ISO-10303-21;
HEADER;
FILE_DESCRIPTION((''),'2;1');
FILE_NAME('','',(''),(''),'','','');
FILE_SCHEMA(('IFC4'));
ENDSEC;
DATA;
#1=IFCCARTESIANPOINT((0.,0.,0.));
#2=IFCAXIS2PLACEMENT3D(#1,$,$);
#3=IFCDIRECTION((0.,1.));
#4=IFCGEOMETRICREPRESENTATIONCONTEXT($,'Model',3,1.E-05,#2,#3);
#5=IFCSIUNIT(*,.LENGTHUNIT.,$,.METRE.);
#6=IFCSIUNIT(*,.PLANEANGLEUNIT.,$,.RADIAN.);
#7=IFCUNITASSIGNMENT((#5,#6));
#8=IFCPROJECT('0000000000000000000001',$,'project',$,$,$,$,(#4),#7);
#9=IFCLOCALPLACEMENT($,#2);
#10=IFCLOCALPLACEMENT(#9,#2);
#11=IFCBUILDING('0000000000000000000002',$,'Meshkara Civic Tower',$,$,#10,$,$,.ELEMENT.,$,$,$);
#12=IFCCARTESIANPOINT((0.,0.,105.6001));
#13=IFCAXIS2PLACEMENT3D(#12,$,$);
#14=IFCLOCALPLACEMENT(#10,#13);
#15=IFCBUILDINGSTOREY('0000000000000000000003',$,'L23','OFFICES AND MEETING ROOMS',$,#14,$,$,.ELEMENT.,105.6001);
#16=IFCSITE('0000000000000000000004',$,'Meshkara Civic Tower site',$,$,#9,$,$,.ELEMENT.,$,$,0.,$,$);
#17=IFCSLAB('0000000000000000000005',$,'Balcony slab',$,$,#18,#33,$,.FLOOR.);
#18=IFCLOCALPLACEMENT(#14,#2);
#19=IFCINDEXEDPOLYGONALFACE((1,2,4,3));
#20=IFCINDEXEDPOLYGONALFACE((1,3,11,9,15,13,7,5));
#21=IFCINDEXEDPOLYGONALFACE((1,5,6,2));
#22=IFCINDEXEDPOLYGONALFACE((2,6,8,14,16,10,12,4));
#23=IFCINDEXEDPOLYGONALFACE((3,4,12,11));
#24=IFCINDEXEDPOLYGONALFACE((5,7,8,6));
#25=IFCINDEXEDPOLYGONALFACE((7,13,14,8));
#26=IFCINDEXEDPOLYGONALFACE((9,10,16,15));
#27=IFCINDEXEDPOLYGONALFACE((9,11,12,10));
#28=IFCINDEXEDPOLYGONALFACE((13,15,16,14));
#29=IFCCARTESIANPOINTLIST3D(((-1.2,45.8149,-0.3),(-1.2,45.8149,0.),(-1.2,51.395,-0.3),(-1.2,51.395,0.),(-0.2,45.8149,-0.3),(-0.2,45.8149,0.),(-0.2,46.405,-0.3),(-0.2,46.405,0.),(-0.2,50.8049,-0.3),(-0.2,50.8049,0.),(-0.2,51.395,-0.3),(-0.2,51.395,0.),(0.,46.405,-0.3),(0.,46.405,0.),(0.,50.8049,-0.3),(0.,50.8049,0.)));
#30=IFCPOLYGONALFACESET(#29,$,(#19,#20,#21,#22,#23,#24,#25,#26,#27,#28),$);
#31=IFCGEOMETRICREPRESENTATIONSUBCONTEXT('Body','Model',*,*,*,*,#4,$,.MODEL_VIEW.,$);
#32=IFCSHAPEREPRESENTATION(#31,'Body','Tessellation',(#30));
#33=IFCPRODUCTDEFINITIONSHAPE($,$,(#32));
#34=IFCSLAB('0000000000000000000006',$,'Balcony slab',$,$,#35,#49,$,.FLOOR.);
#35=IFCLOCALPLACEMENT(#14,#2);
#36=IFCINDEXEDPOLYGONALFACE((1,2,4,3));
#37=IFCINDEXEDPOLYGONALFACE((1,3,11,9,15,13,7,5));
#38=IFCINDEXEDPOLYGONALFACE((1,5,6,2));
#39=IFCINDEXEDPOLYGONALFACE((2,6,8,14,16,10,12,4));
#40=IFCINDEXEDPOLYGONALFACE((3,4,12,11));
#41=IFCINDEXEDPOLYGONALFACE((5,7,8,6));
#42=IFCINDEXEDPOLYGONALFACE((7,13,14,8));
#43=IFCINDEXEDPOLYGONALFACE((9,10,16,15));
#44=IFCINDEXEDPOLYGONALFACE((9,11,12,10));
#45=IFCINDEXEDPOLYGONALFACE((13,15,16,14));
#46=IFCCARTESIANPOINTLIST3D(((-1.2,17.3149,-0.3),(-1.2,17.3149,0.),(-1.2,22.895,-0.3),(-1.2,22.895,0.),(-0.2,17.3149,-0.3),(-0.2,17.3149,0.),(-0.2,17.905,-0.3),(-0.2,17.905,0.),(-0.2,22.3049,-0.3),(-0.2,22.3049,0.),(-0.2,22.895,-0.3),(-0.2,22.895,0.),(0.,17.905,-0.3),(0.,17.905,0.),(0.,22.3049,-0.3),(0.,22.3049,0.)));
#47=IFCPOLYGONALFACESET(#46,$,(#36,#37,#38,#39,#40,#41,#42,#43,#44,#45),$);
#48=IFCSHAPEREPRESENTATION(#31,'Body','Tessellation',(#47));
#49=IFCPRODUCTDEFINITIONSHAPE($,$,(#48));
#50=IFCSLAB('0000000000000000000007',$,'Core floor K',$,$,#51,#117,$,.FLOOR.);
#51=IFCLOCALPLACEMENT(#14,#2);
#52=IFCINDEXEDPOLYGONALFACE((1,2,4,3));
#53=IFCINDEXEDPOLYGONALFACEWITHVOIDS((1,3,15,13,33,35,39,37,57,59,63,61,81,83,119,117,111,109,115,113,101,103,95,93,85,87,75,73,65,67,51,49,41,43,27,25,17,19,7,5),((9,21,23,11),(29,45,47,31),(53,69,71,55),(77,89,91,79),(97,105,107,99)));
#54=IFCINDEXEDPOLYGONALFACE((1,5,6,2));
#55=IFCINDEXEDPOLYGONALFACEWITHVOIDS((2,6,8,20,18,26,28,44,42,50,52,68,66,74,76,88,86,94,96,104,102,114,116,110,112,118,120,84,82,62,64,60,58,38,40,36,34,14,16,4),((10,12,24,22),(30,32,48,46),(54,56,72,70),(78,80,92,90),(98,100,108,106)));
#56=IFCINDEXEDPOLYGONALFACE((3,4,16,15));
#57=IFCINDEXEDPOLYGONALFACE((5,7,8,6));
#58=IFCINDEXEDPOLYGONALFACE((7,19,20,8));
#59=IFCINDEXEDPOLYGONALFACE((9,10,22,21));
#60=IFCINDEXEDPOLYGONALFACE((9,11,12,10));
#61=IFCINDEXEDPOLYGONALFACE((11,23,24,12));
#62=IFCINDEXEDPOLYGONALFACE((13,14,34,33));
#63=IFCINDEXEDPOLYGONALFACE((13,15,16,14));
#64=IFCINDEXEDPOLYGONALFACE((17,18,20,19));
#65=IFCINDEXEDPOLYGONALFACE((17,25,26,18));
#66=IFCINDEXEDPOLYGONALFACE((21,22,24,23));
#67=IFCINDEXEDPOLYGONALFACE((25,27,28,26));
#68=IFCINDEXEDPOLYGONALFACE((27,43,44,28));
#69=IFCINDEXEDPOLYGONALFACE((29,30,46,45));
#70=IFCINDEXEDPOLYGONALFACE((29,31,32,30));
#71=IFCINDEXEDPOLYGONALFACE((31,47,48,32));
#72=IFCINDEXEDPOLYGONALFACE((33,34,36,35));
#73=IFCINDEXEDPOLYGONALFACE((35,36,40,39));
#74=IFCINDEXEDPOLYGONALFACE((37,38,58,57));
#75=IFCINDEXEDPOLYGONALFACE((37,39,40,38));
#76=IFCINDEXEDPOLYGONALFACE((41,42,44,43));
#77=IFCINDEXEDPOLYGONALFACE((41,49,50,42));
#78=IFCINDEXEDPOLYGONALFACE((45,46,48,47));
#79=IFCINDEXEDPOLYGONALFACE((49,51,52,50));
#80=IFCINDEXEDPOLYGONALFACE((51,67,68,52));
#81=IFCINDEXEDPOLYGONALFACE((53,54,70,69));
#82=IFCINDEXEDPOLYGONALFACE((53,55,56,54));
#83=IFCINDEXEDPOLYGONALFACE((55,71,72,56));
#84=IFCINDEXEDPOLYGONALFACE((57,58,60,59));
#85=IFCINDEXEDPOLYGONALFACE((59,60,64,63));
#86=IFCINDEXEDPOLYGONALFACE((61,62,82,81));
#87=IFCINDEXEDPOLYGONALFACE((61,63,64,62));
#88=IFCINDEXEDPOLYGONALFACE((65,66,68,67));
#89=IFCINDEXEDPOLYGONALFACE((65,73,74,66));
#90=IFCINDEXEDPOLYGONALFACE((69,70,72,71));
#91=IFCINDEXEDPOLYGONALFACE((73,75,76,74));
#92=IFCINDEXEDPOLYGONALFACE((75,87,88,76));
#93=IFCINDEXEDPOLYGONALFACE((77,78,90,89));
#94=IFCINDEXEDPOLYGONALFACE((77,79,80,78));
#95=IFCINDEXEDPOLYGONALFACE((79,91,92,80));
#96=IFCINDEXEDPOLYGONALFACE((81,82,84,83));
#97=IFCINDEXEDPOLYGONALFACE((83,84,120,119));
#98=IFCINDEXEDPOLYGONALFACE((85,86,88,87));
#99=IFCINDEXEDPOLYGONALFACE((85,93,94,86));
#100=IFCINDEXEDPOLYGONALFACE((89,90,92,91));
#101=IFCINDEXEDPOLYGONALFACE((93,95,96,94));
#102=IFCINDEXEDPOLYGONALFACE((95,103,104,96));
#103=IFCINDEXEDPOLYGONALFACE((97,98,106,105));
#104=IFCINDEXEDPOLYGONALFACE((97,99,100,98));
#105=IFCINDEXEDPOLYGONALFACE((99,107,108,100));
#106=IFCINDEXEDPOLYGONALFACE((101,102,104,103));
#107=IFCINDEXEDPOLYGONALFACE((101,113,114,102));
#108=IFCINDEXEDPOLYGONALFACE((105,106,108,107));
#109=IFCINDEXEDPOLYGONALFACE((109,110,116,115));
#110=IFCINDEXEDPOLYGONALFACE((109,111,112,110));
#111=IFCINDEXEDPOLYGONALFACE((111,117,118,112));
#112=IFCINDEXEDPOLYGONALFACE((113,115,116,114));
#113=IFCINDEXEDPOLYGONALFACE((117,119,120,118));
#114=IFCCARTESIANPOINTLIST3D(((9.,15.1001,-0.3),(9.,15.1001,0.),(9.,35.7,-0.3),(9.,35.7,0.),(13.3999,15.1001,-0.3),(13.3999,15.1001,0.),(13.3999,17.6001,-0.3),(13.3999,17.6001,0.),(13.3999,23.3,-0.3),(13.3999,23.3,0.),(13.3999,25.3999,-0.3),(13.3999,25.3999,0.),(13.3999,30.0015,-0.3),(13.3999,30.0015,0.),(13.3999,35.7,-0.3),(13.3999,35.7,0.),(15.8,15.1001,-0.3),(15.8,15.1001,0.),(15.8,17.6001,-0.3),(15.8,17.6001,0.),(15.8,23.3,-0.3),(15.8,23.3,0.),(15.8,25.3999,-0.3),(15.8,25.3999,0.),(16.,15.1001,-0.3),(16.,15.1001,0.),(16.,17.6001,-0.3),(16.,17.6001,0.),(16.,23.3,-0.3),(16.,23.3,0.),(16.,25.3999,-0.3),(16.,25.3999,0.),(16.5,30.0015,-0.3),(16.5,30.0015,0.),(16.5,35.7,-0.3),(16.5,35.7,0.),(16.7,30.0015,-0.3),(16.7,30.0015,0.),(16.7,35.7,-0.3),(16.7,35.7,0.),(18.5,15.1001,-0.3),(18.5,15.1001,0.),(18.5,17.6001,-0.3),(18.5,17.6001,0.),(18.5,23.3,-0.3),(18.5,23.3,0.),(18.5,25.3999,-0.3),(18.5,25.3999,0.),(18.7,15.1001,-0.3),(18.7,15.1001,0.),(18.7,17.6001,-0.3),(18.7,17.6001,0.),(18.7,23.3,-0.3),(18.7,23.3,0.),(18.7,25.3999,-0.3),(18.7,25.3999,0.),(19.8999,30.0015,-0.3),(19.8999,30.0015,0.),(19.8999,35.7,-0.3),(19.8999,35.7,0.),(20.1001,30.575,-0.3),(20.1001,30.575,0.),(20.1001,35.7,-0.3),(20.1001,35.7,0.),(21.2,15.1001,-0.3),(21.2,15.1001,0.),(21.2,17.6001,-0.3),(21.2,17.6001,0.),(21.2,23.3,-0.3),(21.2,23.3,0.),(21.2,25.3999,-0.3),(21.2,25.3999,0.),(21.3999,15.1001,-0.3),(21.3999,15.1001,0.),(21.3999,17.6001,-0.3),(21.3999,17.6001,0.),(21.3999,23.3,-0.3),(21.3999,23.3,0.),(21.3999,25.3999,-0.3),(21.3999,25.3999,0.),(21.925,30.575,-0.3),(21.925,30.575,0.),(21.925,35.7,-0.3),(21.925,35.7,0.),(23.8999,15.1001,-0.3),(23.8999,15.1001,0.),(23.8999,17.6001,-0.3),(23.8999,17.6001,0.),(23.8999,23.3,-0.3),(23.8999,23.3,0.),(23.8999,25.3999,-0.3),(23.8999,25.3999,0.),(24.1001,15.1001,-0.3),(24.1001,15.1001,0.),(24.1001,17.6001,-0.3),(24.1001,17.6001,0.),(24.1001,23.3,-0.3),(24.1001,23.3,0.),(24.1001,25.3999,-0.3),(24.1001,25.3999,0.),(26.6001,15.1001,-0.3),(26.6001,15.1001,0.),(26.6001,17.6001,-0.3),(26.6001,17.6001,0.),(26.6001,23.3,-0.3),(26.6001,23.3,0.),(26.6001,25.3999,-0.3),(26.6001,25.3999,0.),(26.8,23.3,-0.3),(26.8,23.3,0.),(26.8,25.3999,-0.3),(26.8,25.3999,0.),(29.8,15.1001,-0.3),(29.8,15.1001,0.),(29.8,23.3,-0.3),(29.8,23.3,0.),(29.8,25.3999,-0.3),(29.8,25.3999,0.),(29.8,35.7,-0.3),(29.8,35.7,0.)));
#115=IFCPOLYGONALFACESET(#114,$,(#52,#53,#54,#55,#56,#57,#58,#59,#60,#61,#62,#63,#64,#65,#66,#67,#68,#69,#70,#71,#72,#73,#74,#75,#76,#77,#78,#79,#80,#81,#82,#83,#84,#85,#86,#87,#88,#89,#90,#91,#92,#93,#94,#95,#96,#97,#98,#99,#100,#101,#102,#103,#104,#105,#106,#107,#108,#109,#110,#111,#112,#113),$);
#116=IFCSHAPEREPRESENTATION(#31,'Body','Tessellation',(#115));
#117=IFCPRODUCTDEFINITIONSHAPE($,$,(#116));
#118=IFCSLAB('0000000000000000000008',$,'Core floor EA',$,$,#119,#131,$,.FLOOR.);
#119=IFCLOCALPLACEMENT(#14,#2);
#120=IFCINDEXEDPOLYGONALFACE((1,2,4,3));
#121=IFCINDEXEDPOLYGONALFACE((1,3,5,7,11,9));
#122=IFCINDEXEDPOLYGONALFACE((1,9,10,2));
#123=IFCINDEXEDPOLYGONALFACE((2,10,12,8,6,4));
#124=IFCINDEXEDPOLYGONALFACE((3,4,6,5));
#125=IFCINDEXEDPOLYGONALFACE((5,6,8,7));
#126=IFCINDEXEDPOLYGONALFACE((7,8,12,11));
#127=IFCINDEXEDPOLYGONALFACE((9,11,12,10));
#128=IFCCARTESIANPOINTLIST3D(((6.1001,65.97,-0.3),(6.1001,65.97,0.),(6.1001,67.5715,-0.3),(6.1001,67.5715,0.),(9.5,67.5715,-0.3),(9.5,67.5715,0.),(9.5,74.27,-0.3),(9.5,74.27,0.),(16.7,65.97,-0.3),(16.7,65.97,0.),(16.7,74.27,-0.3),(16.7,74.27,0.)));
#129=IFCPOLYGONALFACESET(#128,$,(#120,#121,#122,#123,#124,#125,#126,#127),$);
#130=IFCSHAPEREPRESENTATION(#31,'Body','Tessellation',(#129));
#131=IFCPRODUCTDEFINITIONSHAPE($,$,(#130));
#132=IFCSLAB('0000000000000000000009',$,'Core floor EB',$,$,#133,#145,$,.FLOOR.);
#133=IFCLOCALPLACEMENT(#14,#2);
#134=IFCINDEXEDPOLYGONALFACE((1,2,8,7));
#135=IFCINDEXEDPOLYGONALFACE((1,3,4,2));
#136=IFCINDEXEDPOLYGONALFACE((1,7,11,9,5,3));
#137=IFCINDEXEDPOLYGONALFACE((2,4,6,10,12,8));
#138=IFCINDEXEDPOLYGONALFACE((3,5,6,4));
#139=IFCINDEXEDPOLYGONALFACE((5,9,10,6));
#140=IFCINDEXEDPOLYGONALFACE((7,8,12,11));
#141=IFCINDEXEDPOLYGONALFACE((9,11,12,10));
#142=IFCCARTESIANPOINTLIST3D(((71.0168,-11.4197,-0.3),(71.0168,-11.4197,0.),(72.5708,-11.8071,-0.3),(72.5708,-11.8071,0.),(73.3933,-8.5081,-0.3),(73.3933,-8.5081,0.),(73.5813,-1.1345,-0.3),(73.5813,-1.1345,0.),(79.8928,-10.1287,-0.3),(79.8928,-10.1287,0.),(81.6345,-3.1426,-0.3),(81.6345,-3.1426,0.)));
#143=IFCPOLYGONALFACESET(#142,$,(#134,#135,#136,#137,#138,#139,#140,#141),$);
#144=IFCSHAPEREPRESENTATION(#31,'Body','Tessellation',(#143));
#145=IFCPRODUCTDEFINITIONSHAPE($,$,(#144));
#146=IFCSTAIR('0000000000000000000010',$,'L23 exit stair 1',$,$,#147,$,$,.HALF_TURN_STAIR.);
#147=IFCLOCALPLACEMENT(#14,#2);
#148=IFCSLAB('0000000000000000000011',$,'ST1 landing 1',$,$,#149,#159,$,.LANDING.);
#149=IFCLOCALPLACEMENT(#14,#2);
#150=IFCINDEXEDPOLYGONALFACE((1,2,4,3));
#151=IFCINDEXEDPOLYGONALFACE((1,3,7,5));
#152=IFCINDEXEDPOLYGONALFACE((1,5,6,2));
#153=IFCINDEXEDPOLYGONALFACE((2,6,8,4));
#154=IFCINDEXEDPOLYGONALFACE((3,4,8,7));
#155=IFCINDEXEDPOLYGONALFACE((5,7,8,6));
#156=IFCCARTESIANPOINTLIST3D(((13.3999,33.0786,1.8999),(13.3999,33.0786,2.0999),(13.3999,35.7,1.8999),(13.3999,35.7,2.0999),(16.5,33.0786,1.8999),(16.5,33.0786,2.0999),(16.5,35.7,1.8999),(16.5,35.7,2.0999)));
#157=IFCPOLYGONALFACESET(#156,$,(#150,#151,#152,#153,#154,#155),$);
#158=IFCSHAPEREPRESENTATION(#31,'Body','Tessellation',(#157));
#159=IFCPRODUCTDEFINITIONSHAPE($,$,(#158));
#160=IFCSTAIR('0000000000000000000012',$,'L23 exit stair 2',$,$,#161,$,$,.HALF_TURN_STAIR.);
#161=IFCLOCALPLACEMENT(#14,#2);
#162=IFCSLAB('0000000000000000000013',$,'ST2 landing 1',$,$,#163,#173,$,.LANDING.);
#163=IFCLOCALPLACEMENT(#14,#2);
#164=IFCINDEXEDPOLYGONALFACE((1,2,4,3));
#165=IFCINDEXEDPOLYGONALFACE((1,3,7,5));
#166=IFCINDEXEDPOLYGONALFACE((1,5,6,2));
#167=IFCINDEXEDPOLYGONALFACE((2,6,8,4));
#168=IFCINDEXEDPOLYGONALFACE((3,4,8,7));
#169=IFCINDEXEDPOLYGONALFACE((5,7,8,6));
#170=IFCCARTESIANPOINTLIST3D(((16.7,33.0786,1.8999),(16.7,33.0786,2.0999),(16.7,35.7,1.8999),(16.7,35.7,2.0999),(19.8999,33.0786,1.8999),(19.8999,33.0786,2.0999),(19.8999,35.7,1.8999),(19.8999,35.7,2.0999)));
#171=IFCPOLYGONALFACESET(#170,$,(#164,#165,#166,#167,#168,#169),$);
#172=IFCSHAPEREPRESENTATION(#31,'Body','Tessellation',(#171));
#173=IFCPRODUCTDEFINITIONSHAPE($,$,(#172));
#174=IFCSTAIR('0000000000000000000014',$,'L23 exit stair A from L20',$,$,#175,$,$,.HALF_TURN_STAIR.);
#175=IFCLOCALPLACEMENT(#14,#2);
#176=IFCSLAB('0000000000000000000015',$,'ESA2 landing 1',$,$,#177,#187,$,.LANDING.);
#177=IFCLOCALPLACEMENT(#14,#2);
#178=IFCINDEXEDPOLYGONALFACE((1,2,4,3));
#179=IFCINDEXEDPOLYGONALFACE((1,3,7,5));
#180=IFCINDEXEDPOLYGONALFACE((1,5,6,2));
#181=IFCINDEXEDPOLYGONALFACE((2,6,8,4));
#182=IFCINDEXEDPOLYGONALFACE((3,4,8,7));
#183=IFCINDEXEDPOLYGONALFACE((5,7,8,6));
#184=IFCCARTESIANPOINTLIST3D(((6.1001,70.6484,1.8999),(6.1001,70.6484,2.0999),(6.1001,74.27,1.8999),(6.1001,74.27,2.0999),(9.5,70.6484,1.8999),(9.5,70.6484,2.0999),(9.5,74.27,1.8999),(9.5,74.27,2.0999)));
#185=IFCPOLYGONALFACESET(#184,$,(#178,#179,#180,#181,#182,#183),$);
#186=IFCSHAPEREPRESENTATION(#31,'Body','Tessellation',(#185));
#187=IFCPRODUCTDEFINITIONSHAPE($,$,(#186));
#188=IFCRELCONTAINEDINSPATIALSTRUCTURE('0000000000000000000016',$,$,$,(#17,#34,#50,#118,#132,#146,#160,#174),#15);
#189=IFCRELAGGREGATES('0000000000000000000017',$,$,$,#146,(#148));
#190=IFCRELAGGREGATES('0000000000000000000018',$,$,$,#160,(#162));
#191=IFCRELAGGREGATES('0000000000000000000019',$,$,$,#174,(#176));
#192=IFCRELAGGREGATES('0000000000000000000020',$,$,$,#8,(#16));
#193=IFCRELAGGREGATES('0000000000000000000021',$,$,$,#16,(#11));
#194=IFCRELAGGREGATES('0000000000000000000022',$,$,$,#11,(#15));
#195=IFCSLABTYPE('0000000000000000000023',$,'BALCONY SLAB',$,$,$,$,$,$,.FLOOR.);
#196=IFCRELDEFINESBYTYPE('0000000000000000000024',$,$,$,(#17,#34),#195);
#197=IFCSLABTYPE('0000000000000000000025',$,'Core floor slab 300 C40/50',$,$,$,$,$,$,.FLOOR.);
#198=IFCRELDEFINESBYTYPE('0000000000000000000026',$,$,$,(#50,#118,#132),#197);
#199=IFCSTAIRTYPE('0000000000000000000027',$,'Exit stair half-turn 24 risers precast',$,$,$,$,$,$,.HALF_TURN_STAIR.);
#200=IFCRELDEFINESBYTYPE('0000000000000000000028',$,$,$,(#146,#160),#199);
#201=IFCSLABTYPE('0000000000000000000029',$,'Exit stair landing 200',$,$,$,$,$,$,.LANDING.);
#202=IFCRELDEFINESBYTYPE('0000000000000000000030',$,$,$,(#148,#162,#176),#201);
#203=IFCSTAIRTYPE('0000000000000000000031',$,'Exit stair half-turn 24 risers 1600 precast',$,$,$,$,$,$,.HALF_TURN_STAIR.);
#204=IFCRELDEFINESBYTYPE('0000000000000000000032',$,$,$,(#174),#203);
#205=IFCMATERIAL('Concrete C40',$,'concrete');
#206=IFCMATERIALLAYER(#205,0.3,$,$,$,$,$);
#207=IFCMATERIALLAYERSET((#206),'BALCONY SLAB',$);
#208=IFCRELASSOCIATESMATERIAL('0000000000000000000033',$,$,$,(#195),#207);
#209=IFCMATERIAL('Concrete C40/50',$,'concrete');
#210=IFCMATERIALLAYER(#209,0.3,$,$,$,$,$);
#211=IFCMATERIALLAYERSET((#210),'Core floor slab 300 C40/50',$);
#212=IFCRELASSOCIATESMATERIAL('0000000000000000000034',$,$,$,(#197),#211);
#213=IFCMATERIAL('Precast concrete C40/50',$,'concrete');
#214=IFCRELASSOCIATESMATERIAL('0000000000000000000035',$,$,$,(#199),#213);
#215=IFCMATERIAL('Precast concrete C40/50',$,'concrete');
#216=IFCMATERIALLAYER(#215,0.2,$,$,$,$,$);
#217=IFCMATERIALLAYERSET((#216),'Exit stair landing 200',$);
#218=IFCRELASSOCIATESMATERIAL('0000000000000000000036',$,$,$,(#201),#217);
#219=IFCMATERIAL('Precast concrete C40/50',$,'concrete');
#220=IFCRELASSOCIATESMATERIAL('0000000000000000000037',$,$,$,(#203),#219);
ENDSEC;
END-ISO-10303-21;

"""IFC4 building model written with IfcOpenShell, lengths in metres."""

from ifc_helpers import new_model, si_unit, direction, frame, origin, place, context, subcontext, project, spatial, polyline, outline, extrude, material, layer, layer_set, type_object, element, aggregate, save


model = new_model("IFC4")

# Units and contexts
model_context = context("Model", 3, precision=1e-05, world=origin(), true_north=direction((0.0, 1.0)))
body_context = subcontext(model_context, "Body", "Model", "MODEL_VIEW")
ifc_project = project(units=[si_unit("LENGTHUNIT", "METRE"), si_unit("PLANEANGLEUNIT", "RADIAN")], contexts=[model_context])

# Site, building, storey
site_placement = place(None, origin())
site = spatial("IfcSite", under=ifc_project, at=site_placement, Name="Meshkara Civic Tower site", CompositionType="ELEMENT", RefElevation=0.0)
building_placement = place(site_placement, origin())
building = spatial("IfcBuilding", under=site, at=building_placement, Name="Meshkara Civic Tower", CompositionType="ELEMENT")
storey_placement = place(building_placement, frame((0.0, 0.0, 105.6001)))
storey = spatial("IfcBuildingStorey", under=building, at=storey_placement, Name="L23", Description="OFFICES AND MEETING ROOMS", CompositionType="ELEMENT", Elevation=105.6001)

# Slabs
ifc_material_1 = material(Name="Concrete C40", Category="concrete")
ifc_layer_1 = layer(ifc_material_1, 0.3)
ifc_layer_set_1 = layer_set([ifc_layer_1], Name="BALCONY SLAB")
slab_type_1 = type_object("IfcSlabType", Name="BALCONY SLAB", PredefinedType="FLOOR", material=ifc_layer_set_1)
slab_1_placement = place(storey_placement, frame((0.0, 0.0, -0.3)))
element("IfcSlab", 1, at=slab_1_placement, inside=storey, type_object=slab_type_1, Name="Balcony slab", PredefinedType="FLOOR", context=body_context, shape_type="SweptSolid", body=[
    extrude(outline(polyline([(-1.2, 45.8149), (-1.2, 51.395), (-0.2, 51.395), (-0.2, 50.8049), (0.0, 50.8049), (0.0, 46.405), (-0.2, 46.405), (-0.2, 45.8149), (-1.2, 45.8149)])), origin(), (0.0, 0.0, 1.0), 0.3),
])
slab_2_placement = place(storey_placement, frame((0.0, 0.0, -0.3)))
element("IfcSlab", 2, at=slab_2_placement, inside=storey, type_object=slab_type_1, Name="Balcony slab", PredefinedType="FLOOR", context=body_context, shape_type="SweptSolid", body=[
    extrude(outline(polyline([(-1.2, 17.3149), (-1.2, 22.895), (-0.2, 22.895), (-0.2, 22.3049), (0.0, 22.3049), (0.0, 17.905), (-0.2, 17.905), (-0.2, 17.3149), (-1.2, 17.3149)])), origin(), (0.0, 0.0, 1.0), 0.3),
])
ifc_material_2 = material(Name="Concrete C40/50", Category="concrete")
ifc_layer_2 = layer(ifc_material_2, 0.3)
ifc_layer_set_2 = layer_set([ifc_layer_2], Name="Core floor slab 300 C40/50")
slab_type_2 = type_object("IfcSlabType", Name="Core floor slab 300 C40/50", PredefinedType="FLOOR", material=ifc_layer_set_2)
slab_3_placement = place(storey_placement, frame((0.0, 0.0, -0.3)))
element("IfcSlab", 3, at=slab_3_placement, inside=storey, type_object=slab_type_2, Name="Core floor K", PredefinedType="FLOOR", context=body_context, shape_type="SweptSolid", body=[
    extrude(outline(polyline([(9.0, 35.7), (13.3999, 35.7), (13.3999, 30.0015), (16.5, 30.0015), (16.5, 35.7), (16.7, 35.7), (16.7, 30.0015), (19.8999, 30.0015), (19.8999, 35.7), (20.1001, 35.7), (20.1001, 30.575), (21.925, 30.575), (21.925, 35.7), (29.8, 35.7), (29.8, 25.3999), (26.8, 25.3999), (26.8, 23.3), (29.8, 23.3), (29.8, 15.1001), (26.6001, 15.1001), (26.6001, 17.6001), (24.1001, 17.6001), (24.1001, 15.1001), (23.8999, 15.1001), (23.8999, 17.6001), (21.3999, 17.6001), (21.3999, 15.1001), (21.2, 15.1001), (21.2, 17.6001), (18.7, 17.6001), (18.7, 15.1001), (18.5, 15.1001), (18.5, 17.6001), (16.0, 17.6001), (16.0, 15.1001), (15.8, 15.1001), (15.8, 17.6001), (13.3999, 17.6001), (13.3999, 15.1001), (9.0, 15.1001), (9.0, 35.7)]), holes=[polyline([(13.3999, 25.3999), (13.3999, 23.3), (15.8, 23.3), (15.8, 25.3999), (13.3999, 25.3999)]), polyline([(18.5, 23.3), (18.5, 25.3999), (16.0, 25.3999), (16.0, 23.3), (18.5, 23.3)]), polyline([(18.7, 25.3999), (18.7, 23.3), (21.2, 23.3), (21.2, 25.3999), (18.7, 25.3999)]), polyline([(23.8999, 23.3), (23.8999, 25.3999), (21.3999, 25.3999), (21.3999, 23.3), (23.8999, 23.3)]), polyline([(26.6001, 23.3), (26.6001, 25.3999), (24.1001, 25.3999), (24.1001, 23.3), (26.6001, 23.3)])]), origin(), (0.0, 0.0, 1.0), 0.3),
])
slab_4_placement = place(storey_placement, frame((0.0, 0.0, -0.3)))
element("IfcSlab", 4, at=slab_4_placement, inside=storey, type_object=slab_type_2, Name="Core floor EA", PredefinedType="FLOOR", context=body_context, shape_type="SweptSolid", body=[
    extrude(outline(polyline([(16.7, 65.97), (16.7, 74.27), (9.5, 74.27), (9.5, 67.5715), (6.1001, 67.5715), (6.1001, 65.97), (16.7, 65.97)])), origin(), (0.0, 0.0, 1.0), 0.3),
])
slab_5_placement = place(storey_placement, frame((0.0, 0.0, -0.3)))
element("IfcSlab", 5, at=slab_5_placement, inside=storey, type_object=slab_type_2, Name="Core floor EB", PredefinedType="FLOOR", context=body_context, shape_type="SweptSolid", body=[
    extrude(outline(polyline([(73.5813, -1.1345), (81.6345, -3.1426), (79.8928, -10.1287), (73.3933, -8.5081), (72.5708, -11.8071), (71.0168, -11.4197), (73.5813, -1.1345)])), origin(), (0.0, 0.0, 1.0), 0.3),
])

# Stairs, slabs
ifc_material_3 = material(Name="Precast concrete C40/50", Category="concrete")
stair_type_1 = type_object("IfcStairType", Name="Exit stair half-turn 24 risers precast", PredefinedType="HALF_TURN_STAIR", material=ifc_material_3)
stair_1_placement = place(storey_placement, origin())
stair_1 = element("IfcStair", 6, at=stair_1_placement, inside=storey, type_object=stair_type_1, Name="L23 exit stair 1", PredefinedType="HALF_TURN_STAIR")
ifc_material_4 = material(Name="Precast concrete C40/50", Category="concrete")
ifc_layer_3 = layer(ifc_material_4, 0.2)
ifc_layer_set_3 = layer_set([ifc_layer_3], Name="Exit stair landing 200")
slab_type_3 = type_object("IfcSlabType", Name="Exit stair landing 200", PredefinedType="LANDING", material=ifc_layer_set_3)
slab_6_placement = place(storey_placement, frame((0.0, 0.0, 1.8999)))
slab_6 = element("IfcSlab", 7, at=slab_6_placement, type_object=slab_type_3, Name="ST1 landing 1", PredefinedType="LANDING", context=body_context, shape_type="SweptSolid", body=[
    extrude(outline(polyline([(16.5, 33.0786), (16.5, 35.7), (13.3999, 35.7), (13.3999, 33.0786), (16.5, 33.0786)])), origin(), (0.0, 0.0, 1.0), 0.2),
])
aggregate(stair_1, [slab_6])
stair_2_placement = place(storey_placement, origin())
stair_2 = element("IfcStair", 8, at=stair_2_placement, inside=storey, type_object=stair_type_1, Name="L23 exit stair 2", PredefinedType="HALF_TURN_STAIR")
slab_7_placement = place(storey_placement, frame((0.0, 0.0, 1.8999)))
slab_7 = element("IfcSlab", 9, at=slab_7_placement, type_object=slab_type_3, Name="ST2 landing 1", PredefinedType="LANDING", context=body_context, shape_type="SweptSolid", body=[
    extrude(outline(polyline([(19.8999, 33.0786), (19.8999, 35.7), (16.7, 35.7), (16.7, 33.0786), (19.8999, 33.0786)])), origin(), (0.0, 0.0, 1.0), 0.2),
])
aggregate(stair_2, [slab_7])
ifc_material_5 = material(Name="Precast concrete C40/50", Category="concrete")
stair_type_2 = type_object("IfcStairType", Name="Exit stair half-turn 24 risers 1600 precast", PredefinedType="HALF_TURN_STAIR", material=ifc_material_5)
stair_3_placement = place(storey_placement, origin())
stair_3 = element("IfcStair", 10, at=stair_3_placement, inside=storey, type_object=stair_type_2, Name="L23 exit stair A from L20", PredefinedType="HALF_TURN_STAIR")
slab_8_placement = place(storey_placement, frame((0.0, 0.0, 1.8999)))
slab_8 = element("IfcSlab", 11, at=slab_8_placement, type_object=slab_type_3, Name="ESA2 landing 1", PredefinedType="LANDING", context=body_context, shape_type="SweptSolid", body=[
    extrude(outline(polyline([(9.5, 70.6484), (9.5, 74.27), (6.1001, 74.27), (6.1001, 70.6484), (9.5, 70.6484)])), origin(), (0.0, 0.0, 1.0), 0.2),
])
aggregate(stair_3, [slab_8])

save(model, "model.ifc")
